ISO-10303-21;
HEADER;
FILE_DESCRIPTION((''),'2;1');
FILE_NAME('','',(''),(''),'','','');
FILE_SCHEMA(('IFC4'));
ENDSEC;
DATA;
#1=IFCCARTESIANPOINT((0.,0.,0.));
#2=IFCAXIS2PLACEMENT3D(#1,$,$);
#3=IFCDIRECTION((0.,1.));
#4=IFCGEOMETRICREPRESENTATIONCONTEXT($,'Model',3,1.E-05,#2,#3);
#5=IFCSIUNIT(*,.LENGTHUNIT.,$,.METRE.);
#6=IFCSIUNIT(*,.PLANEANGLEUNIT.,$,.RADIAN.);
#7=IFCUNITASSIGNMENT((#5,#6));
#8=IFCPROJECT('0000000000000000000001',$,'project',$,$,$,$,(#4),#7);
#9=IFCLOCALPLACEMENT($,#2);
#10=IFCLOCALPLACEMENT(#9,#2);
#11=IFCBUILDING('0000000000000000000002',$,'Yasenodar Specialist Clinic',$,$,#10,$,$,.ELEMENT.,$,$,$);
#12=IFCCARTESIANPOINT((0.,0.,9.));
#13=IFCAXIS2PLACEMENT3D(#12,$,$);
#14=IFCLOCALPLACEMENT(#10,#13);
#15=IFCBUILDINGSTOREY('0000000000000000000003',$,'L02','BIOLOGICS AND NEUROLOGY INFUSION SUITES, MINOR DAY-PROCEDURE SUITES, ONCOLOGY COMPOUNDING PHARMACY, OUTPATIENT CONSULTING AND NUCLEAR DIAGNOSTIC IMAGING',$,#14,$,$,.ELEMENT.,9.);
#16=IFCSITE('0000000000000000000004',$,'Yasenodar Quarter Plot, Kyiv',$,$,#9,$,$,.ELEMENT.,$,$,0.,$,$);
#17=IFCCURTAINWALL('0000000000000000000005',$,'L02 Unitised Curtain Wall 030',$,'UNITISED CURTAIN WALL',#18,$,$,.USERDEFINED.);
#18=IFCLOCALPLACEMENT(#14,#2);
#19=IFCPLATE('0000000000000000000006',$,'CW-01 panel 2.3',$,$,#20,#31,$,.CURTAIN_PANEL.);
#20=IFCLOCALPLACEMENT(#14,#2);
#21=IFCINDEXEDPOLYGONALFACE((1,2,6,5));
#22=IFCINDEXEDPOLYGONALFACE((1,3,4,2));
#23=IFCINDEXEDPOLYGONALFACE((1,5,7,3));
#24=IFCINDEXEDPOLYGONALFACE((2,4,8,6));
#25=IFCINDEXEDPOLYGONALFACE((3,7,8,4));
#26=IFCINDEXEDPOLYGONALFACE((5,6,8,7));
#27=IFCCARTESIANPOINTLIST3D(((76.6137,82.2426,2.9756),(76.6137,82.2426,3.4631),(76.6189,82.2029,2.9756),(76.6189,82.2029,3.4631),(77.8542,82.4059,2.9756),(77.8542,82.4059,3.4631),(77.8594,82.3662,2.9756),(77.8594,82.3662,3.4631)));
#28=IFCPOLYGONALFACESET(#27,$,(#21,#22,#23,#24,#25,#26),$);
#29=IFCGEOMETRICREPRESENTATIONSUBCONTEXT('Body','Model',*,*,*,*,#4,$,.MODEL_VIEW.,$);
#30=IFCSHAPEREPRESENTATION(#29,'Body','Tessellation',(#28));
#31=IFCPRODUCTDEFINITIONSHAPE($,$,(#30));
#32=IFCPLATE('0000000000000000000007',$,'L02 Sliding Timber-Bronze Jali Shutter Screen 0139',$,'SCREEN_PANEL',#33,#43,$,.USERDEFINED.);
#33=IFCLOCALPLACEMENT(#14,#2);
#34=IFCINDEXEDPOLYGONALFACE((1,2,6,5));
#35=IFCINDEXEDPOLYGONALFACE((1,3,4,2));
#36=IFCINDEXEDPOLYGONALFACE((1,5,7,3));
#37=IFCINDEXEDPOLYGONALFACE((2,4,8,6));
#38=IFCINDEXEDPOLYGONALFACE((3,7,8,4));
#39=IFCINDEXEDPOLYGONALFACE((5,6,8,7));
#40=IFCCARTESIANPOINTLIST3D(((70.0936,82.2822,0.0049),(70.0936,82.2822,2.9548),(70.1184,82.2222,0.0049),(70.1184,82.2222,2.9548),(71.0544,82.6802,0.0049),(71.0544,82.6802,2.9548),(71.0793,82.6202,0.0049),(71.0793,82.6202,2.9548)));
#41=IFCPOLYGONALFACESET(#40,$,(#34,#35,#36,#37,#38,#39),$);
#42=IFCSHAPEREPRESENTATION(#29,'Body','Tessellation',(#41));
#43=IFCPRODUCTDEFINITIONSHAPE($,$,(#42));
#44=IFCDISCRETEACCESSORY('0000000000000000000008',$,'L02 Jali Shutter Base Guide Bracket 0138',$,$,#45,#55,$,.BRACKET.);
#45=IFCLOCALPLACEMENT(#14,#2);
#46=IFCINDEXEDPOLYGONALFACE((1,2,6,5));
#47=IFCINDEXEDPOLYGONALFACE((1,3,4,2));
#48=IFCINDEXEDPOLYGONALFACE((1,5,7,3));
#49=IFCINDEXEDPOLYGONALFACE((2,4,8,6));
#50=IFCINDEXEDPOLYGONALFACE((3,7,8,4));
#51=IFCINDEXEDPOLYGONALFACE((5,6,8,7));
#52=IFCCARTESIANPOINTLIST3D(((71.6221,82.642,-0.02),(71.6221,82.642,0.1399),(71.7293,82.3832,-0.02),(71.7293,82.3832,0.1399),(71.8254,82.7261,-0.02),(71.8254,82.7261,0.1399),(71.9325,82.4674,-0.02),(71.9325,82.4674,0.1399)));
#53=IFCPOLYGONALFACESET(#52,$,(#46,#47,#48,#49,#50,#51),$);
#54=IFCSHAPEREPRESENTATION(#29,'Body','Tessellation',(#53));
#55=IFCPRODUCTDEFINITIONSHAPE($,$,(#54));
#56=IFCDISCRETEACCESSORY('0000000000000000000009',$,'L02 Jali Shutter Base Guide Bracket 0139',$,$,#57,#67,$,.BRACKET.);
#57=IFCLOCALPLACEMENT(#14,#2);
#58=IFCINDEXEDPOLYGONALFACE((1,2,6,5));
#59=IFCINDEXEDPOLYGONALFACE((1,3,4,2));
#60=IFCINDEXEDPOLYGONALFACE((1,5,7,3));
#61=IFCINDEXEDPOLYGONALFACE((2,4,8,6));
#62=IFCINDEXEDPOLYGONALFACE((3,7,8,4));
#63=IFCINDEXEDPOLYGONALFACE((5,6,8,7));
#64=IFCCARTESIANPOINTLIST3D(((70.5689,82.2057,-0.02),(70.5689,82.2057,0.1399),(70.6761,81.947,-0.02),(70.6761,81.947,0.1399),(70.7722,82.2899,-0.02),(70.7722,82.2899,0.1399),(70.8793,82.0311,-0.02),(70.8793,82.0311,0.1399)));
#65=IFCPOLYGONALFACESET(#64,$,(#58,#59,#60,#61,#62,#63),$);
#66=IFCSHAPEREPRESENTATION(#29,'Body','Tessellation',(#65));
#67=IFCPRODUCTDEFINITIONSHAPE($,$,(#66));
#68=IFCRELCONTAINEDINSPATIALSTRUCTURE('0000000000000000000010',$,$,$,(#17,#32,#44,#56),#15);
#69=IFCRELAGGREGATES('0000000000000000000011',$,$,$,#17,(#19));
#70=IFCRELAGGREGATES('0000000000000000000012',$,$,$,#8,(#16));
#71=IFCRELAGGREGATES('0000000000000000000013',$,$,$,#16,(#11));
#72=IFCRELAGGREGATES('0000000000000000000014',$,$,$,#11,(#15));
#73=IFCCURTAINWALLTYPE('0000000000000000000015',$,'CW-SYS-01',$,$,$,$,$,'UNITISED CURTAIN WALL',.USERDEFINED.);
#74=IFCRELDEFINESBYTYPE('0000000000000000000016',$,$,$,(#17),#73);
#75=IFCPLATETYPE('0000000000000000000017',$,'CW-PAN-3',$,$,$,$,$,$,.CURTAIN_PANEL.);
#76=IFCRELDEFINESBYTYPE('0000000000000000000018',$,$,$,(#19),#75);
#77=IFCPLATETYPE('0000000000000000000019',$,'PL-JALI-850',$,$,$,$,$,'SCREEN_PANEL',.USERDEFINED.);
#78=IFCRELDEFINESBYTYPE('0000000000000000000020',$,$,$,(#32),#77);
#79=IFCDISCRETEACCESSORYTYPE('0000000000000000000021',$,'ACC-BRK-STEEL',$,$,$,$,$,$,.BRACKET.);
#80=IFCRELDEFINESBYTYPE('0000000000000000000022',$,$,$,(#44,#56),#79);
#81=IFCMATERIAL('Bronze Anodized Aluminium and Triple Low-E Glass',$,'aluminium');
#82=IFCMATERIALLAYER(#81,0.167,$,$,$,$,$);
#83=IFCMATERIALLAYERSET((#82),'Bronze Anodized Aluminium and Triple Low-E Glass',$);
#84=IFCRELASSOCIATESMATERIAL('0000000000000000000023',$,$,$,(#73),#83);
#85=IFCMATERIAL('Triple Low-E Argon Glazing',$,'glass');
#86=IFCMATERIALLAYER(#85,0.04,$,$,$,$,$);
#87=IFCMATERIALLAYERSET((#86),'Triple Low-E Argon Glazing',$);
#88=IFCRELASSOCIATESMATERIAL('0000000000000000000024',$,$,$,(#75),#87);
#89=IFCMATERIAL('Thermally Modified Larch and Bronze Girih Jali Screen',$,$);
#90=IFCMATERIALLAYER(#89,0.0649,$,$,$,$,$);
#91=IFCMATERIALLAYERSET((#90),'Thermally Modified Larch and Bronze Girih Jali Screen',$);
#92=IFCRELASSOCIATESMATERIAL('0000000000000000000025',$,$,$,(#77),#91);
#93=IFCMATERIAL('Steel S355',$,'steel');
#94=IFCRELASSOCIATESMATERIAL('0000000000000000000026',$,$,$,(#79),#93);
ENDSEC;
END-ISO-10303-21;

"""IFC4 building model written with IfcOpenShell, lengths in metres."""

from ifc_helpers import new_model, si_unit, direction, frame, origin, origin_2d, place, context, subcontext, project, spatial, rectangle, extrude, material, layer, layer_set, type_object, element, aggregate, save


model = new_model("IFC4")

# Units and contexts
model_context = context("Model", 3, precision=1e-05, world=origin(), true_north=direction((0.0, 1.0)))
body_context = subcontext(model_context, "Body", "Model", "MODEL_VIEW")
ifc_project = project(units=[si_unit("LENGTHUNIT", "METRE"), si_unit("PLANEANGLEUNIT", "RADIAN")], contexts=[model_context])

# Site, building, storey
site_placement = place(None, origin())
site = spatial("IfcSite", under=ifc_project, at=site_placement, Name="Yasenodar Quarter Plot, Kyiv", CompositionType="ELEMENT", RefElevation=0.0)
building_placement = place(site_placement, origin())
building = spatial("IfcBuilding", under=site, at=building_placement, Name="Yasenodar Specialist Clinic", CompositionType="ELEMENT")
storey_placement = place(building_placement, frame((0.0, 0.0, 9.0)))
storey = spatial("IfcBuildingStorey", under=building, at=storey_placement, Name="L02", Description="BIOLOGICS AND NEUROLOGY INFUSION SUITES, MINOR DAY-PROCEDURE SUITES, ONCOLOGY COMPOUNDING PHARMACY, OUTPATIENT CONSULTING AND NUCLEAR DIAGNOSTIC IMAGING", CompositionType="ELEMENT", Elevation=9.0)

# Curtain wall, plate
ifc_material_1 = material(Name="Bronze Anodized Aluminium and Triple Low-E Glass", Category="aluminium")
ifc_layer_1 = layer(ifc_material_1, 0.167)
ifc_layer_set_1 = layer_set([ifc_layer_1], Name="Bronze Anodized Aluminium and Triple Low-E Glass")
curtain_wall_type = type_object("IfcCurtainWallType", Name="CW-SYS-01", ElementType="UNITISED CURTAIN WALL", PredefinedType="USERDEFINED", material=ifc_layer_set_1)
curtain_wall_placement = place(storey_placement, origin())
curtain_wall = element("IfcCurtainWall", 1, at=curtain_wall_placement, inside=storey, type_object=curtain_wall_type, Name="L02 Unitised Curtain Wall 030", ObjectType="UNITISED CURTAIN WALL", PredefinedType="USERDEFINED")
ifc_material_2 = material(Name="Triple Low-E Argon Glazing", Category="glass")
ifc_layer_2 = layer(ifc_material_2, 0.04)
ifc_layer_set_2 = layer_set([ifc_layer_2], Name="Triple Low-E Argon Glazing")
plate_type_1 = type_object("IfcPlateType", Name="CW-PAN-3", PredefinedType="CURTAIN_PANEL", material=ifc_layer_set_2)
plate_1_placement = place(storey_placement, frame((77.2366, 82.3044, 2.9756), z_axis=(0.0, 0.0, 1.0), x_axis=(0.991447, 0.130512, 0.0)))
plate_1 = element("IfcPlate", 2, at=plate_1_placement, type_object=plate_type_1, Name="CW-01 panel 2.3", PredefinedType="CURTAIN_PANEL", context=body_context, shape_type="SweptSolid", body=[
    extrude(rectangle(XDim=1.2512, YDim=0.04, at=origin_2d()), origin(), (0.0, 0.0, 1.0), 0.4875),
])
aggregate(curtain_wall, [plate_1])

# Plate
ifc_material_3 = material(Name="Thermally Modified Larch and Bronze Girih Jali Screen")
ifc_layer_3 = layer(ifc_material_3, 0.0649)
ifc_layer_set_3 = layer_set([ifc_layer_3], Name="Thermally Modified Larch and Bronze Girih Jali Screen")
plate_type_2 = type_object("IfcPlateType", Name="PL-JALI-850", ElementType="SCREEN_PANEL", PredefinedType="USERDEFINED", material=ifc_layer_set_3)
plate_2_placement = place(storey_placement, frame((70.5864, 82.4512, 0.0049), z_axis=(0.0, 0.0, 1.0), x_axis=(-0.923878, -0.382687, 0.0)))
element("IfcPlate", 3, at=plate_2_placement, inside=storey, type_object=plate_type_2, Name="L02 Sliding Timber-Bronze Jali Shutter Screen 0139", ObjectType="SCREEN_PANEL", PredefinedType="USERDEFINED", context=body_context, shape_type="SweptSolid", body=[
    extrude(rectangle(XDim=1.04, YDim=0.0649, at=origin_2d()), origin(), (0.0, 0.0, 1.0), 2.95),
])

# Discrete accessories
ifc_material_4 = material(Name="Steel S355", Category="steel")
discrete_accessory_type = type_object("IfcDiscreteAccessoryType", Name="ACC-BRK-STEEL", PredefinedType="BRACKET", material=ifc_material_4)
for number, where, z_axis, x_axis, name in (
    (4, (71.7773, 82.5547, -0.02), (0.0, 0.0, 1.0), (-0.923878, -0.382687, 0.0), "L02 Jali Shutter Base Guide Bracket 0138"),
    (5, (70.7241, 82.1184, -0.02), (0.0, 0.0, 1.0), (-0.923878, -0.382687, 0.0), "L02 Jali Shutter Base Guide Bracket 0139"),
):
    element("IfcDiscreteAccessory", number, at=place(storey_placement, frame(where, z_axis=z_axis, x_axis=x_axis)), inside=storey, type_object=discrete_accessory_type, Name=name, PredefinedType="BRACKET", context=body_context, shape_type="SweptSolid", body=[
        extrude(rectangle(XDim=0.22, YDim=0.28, at=origin_2d()), origin(), (0.0, 0.0, 1.0), 0.1599),
    ])

save(model, "model.ifc")
